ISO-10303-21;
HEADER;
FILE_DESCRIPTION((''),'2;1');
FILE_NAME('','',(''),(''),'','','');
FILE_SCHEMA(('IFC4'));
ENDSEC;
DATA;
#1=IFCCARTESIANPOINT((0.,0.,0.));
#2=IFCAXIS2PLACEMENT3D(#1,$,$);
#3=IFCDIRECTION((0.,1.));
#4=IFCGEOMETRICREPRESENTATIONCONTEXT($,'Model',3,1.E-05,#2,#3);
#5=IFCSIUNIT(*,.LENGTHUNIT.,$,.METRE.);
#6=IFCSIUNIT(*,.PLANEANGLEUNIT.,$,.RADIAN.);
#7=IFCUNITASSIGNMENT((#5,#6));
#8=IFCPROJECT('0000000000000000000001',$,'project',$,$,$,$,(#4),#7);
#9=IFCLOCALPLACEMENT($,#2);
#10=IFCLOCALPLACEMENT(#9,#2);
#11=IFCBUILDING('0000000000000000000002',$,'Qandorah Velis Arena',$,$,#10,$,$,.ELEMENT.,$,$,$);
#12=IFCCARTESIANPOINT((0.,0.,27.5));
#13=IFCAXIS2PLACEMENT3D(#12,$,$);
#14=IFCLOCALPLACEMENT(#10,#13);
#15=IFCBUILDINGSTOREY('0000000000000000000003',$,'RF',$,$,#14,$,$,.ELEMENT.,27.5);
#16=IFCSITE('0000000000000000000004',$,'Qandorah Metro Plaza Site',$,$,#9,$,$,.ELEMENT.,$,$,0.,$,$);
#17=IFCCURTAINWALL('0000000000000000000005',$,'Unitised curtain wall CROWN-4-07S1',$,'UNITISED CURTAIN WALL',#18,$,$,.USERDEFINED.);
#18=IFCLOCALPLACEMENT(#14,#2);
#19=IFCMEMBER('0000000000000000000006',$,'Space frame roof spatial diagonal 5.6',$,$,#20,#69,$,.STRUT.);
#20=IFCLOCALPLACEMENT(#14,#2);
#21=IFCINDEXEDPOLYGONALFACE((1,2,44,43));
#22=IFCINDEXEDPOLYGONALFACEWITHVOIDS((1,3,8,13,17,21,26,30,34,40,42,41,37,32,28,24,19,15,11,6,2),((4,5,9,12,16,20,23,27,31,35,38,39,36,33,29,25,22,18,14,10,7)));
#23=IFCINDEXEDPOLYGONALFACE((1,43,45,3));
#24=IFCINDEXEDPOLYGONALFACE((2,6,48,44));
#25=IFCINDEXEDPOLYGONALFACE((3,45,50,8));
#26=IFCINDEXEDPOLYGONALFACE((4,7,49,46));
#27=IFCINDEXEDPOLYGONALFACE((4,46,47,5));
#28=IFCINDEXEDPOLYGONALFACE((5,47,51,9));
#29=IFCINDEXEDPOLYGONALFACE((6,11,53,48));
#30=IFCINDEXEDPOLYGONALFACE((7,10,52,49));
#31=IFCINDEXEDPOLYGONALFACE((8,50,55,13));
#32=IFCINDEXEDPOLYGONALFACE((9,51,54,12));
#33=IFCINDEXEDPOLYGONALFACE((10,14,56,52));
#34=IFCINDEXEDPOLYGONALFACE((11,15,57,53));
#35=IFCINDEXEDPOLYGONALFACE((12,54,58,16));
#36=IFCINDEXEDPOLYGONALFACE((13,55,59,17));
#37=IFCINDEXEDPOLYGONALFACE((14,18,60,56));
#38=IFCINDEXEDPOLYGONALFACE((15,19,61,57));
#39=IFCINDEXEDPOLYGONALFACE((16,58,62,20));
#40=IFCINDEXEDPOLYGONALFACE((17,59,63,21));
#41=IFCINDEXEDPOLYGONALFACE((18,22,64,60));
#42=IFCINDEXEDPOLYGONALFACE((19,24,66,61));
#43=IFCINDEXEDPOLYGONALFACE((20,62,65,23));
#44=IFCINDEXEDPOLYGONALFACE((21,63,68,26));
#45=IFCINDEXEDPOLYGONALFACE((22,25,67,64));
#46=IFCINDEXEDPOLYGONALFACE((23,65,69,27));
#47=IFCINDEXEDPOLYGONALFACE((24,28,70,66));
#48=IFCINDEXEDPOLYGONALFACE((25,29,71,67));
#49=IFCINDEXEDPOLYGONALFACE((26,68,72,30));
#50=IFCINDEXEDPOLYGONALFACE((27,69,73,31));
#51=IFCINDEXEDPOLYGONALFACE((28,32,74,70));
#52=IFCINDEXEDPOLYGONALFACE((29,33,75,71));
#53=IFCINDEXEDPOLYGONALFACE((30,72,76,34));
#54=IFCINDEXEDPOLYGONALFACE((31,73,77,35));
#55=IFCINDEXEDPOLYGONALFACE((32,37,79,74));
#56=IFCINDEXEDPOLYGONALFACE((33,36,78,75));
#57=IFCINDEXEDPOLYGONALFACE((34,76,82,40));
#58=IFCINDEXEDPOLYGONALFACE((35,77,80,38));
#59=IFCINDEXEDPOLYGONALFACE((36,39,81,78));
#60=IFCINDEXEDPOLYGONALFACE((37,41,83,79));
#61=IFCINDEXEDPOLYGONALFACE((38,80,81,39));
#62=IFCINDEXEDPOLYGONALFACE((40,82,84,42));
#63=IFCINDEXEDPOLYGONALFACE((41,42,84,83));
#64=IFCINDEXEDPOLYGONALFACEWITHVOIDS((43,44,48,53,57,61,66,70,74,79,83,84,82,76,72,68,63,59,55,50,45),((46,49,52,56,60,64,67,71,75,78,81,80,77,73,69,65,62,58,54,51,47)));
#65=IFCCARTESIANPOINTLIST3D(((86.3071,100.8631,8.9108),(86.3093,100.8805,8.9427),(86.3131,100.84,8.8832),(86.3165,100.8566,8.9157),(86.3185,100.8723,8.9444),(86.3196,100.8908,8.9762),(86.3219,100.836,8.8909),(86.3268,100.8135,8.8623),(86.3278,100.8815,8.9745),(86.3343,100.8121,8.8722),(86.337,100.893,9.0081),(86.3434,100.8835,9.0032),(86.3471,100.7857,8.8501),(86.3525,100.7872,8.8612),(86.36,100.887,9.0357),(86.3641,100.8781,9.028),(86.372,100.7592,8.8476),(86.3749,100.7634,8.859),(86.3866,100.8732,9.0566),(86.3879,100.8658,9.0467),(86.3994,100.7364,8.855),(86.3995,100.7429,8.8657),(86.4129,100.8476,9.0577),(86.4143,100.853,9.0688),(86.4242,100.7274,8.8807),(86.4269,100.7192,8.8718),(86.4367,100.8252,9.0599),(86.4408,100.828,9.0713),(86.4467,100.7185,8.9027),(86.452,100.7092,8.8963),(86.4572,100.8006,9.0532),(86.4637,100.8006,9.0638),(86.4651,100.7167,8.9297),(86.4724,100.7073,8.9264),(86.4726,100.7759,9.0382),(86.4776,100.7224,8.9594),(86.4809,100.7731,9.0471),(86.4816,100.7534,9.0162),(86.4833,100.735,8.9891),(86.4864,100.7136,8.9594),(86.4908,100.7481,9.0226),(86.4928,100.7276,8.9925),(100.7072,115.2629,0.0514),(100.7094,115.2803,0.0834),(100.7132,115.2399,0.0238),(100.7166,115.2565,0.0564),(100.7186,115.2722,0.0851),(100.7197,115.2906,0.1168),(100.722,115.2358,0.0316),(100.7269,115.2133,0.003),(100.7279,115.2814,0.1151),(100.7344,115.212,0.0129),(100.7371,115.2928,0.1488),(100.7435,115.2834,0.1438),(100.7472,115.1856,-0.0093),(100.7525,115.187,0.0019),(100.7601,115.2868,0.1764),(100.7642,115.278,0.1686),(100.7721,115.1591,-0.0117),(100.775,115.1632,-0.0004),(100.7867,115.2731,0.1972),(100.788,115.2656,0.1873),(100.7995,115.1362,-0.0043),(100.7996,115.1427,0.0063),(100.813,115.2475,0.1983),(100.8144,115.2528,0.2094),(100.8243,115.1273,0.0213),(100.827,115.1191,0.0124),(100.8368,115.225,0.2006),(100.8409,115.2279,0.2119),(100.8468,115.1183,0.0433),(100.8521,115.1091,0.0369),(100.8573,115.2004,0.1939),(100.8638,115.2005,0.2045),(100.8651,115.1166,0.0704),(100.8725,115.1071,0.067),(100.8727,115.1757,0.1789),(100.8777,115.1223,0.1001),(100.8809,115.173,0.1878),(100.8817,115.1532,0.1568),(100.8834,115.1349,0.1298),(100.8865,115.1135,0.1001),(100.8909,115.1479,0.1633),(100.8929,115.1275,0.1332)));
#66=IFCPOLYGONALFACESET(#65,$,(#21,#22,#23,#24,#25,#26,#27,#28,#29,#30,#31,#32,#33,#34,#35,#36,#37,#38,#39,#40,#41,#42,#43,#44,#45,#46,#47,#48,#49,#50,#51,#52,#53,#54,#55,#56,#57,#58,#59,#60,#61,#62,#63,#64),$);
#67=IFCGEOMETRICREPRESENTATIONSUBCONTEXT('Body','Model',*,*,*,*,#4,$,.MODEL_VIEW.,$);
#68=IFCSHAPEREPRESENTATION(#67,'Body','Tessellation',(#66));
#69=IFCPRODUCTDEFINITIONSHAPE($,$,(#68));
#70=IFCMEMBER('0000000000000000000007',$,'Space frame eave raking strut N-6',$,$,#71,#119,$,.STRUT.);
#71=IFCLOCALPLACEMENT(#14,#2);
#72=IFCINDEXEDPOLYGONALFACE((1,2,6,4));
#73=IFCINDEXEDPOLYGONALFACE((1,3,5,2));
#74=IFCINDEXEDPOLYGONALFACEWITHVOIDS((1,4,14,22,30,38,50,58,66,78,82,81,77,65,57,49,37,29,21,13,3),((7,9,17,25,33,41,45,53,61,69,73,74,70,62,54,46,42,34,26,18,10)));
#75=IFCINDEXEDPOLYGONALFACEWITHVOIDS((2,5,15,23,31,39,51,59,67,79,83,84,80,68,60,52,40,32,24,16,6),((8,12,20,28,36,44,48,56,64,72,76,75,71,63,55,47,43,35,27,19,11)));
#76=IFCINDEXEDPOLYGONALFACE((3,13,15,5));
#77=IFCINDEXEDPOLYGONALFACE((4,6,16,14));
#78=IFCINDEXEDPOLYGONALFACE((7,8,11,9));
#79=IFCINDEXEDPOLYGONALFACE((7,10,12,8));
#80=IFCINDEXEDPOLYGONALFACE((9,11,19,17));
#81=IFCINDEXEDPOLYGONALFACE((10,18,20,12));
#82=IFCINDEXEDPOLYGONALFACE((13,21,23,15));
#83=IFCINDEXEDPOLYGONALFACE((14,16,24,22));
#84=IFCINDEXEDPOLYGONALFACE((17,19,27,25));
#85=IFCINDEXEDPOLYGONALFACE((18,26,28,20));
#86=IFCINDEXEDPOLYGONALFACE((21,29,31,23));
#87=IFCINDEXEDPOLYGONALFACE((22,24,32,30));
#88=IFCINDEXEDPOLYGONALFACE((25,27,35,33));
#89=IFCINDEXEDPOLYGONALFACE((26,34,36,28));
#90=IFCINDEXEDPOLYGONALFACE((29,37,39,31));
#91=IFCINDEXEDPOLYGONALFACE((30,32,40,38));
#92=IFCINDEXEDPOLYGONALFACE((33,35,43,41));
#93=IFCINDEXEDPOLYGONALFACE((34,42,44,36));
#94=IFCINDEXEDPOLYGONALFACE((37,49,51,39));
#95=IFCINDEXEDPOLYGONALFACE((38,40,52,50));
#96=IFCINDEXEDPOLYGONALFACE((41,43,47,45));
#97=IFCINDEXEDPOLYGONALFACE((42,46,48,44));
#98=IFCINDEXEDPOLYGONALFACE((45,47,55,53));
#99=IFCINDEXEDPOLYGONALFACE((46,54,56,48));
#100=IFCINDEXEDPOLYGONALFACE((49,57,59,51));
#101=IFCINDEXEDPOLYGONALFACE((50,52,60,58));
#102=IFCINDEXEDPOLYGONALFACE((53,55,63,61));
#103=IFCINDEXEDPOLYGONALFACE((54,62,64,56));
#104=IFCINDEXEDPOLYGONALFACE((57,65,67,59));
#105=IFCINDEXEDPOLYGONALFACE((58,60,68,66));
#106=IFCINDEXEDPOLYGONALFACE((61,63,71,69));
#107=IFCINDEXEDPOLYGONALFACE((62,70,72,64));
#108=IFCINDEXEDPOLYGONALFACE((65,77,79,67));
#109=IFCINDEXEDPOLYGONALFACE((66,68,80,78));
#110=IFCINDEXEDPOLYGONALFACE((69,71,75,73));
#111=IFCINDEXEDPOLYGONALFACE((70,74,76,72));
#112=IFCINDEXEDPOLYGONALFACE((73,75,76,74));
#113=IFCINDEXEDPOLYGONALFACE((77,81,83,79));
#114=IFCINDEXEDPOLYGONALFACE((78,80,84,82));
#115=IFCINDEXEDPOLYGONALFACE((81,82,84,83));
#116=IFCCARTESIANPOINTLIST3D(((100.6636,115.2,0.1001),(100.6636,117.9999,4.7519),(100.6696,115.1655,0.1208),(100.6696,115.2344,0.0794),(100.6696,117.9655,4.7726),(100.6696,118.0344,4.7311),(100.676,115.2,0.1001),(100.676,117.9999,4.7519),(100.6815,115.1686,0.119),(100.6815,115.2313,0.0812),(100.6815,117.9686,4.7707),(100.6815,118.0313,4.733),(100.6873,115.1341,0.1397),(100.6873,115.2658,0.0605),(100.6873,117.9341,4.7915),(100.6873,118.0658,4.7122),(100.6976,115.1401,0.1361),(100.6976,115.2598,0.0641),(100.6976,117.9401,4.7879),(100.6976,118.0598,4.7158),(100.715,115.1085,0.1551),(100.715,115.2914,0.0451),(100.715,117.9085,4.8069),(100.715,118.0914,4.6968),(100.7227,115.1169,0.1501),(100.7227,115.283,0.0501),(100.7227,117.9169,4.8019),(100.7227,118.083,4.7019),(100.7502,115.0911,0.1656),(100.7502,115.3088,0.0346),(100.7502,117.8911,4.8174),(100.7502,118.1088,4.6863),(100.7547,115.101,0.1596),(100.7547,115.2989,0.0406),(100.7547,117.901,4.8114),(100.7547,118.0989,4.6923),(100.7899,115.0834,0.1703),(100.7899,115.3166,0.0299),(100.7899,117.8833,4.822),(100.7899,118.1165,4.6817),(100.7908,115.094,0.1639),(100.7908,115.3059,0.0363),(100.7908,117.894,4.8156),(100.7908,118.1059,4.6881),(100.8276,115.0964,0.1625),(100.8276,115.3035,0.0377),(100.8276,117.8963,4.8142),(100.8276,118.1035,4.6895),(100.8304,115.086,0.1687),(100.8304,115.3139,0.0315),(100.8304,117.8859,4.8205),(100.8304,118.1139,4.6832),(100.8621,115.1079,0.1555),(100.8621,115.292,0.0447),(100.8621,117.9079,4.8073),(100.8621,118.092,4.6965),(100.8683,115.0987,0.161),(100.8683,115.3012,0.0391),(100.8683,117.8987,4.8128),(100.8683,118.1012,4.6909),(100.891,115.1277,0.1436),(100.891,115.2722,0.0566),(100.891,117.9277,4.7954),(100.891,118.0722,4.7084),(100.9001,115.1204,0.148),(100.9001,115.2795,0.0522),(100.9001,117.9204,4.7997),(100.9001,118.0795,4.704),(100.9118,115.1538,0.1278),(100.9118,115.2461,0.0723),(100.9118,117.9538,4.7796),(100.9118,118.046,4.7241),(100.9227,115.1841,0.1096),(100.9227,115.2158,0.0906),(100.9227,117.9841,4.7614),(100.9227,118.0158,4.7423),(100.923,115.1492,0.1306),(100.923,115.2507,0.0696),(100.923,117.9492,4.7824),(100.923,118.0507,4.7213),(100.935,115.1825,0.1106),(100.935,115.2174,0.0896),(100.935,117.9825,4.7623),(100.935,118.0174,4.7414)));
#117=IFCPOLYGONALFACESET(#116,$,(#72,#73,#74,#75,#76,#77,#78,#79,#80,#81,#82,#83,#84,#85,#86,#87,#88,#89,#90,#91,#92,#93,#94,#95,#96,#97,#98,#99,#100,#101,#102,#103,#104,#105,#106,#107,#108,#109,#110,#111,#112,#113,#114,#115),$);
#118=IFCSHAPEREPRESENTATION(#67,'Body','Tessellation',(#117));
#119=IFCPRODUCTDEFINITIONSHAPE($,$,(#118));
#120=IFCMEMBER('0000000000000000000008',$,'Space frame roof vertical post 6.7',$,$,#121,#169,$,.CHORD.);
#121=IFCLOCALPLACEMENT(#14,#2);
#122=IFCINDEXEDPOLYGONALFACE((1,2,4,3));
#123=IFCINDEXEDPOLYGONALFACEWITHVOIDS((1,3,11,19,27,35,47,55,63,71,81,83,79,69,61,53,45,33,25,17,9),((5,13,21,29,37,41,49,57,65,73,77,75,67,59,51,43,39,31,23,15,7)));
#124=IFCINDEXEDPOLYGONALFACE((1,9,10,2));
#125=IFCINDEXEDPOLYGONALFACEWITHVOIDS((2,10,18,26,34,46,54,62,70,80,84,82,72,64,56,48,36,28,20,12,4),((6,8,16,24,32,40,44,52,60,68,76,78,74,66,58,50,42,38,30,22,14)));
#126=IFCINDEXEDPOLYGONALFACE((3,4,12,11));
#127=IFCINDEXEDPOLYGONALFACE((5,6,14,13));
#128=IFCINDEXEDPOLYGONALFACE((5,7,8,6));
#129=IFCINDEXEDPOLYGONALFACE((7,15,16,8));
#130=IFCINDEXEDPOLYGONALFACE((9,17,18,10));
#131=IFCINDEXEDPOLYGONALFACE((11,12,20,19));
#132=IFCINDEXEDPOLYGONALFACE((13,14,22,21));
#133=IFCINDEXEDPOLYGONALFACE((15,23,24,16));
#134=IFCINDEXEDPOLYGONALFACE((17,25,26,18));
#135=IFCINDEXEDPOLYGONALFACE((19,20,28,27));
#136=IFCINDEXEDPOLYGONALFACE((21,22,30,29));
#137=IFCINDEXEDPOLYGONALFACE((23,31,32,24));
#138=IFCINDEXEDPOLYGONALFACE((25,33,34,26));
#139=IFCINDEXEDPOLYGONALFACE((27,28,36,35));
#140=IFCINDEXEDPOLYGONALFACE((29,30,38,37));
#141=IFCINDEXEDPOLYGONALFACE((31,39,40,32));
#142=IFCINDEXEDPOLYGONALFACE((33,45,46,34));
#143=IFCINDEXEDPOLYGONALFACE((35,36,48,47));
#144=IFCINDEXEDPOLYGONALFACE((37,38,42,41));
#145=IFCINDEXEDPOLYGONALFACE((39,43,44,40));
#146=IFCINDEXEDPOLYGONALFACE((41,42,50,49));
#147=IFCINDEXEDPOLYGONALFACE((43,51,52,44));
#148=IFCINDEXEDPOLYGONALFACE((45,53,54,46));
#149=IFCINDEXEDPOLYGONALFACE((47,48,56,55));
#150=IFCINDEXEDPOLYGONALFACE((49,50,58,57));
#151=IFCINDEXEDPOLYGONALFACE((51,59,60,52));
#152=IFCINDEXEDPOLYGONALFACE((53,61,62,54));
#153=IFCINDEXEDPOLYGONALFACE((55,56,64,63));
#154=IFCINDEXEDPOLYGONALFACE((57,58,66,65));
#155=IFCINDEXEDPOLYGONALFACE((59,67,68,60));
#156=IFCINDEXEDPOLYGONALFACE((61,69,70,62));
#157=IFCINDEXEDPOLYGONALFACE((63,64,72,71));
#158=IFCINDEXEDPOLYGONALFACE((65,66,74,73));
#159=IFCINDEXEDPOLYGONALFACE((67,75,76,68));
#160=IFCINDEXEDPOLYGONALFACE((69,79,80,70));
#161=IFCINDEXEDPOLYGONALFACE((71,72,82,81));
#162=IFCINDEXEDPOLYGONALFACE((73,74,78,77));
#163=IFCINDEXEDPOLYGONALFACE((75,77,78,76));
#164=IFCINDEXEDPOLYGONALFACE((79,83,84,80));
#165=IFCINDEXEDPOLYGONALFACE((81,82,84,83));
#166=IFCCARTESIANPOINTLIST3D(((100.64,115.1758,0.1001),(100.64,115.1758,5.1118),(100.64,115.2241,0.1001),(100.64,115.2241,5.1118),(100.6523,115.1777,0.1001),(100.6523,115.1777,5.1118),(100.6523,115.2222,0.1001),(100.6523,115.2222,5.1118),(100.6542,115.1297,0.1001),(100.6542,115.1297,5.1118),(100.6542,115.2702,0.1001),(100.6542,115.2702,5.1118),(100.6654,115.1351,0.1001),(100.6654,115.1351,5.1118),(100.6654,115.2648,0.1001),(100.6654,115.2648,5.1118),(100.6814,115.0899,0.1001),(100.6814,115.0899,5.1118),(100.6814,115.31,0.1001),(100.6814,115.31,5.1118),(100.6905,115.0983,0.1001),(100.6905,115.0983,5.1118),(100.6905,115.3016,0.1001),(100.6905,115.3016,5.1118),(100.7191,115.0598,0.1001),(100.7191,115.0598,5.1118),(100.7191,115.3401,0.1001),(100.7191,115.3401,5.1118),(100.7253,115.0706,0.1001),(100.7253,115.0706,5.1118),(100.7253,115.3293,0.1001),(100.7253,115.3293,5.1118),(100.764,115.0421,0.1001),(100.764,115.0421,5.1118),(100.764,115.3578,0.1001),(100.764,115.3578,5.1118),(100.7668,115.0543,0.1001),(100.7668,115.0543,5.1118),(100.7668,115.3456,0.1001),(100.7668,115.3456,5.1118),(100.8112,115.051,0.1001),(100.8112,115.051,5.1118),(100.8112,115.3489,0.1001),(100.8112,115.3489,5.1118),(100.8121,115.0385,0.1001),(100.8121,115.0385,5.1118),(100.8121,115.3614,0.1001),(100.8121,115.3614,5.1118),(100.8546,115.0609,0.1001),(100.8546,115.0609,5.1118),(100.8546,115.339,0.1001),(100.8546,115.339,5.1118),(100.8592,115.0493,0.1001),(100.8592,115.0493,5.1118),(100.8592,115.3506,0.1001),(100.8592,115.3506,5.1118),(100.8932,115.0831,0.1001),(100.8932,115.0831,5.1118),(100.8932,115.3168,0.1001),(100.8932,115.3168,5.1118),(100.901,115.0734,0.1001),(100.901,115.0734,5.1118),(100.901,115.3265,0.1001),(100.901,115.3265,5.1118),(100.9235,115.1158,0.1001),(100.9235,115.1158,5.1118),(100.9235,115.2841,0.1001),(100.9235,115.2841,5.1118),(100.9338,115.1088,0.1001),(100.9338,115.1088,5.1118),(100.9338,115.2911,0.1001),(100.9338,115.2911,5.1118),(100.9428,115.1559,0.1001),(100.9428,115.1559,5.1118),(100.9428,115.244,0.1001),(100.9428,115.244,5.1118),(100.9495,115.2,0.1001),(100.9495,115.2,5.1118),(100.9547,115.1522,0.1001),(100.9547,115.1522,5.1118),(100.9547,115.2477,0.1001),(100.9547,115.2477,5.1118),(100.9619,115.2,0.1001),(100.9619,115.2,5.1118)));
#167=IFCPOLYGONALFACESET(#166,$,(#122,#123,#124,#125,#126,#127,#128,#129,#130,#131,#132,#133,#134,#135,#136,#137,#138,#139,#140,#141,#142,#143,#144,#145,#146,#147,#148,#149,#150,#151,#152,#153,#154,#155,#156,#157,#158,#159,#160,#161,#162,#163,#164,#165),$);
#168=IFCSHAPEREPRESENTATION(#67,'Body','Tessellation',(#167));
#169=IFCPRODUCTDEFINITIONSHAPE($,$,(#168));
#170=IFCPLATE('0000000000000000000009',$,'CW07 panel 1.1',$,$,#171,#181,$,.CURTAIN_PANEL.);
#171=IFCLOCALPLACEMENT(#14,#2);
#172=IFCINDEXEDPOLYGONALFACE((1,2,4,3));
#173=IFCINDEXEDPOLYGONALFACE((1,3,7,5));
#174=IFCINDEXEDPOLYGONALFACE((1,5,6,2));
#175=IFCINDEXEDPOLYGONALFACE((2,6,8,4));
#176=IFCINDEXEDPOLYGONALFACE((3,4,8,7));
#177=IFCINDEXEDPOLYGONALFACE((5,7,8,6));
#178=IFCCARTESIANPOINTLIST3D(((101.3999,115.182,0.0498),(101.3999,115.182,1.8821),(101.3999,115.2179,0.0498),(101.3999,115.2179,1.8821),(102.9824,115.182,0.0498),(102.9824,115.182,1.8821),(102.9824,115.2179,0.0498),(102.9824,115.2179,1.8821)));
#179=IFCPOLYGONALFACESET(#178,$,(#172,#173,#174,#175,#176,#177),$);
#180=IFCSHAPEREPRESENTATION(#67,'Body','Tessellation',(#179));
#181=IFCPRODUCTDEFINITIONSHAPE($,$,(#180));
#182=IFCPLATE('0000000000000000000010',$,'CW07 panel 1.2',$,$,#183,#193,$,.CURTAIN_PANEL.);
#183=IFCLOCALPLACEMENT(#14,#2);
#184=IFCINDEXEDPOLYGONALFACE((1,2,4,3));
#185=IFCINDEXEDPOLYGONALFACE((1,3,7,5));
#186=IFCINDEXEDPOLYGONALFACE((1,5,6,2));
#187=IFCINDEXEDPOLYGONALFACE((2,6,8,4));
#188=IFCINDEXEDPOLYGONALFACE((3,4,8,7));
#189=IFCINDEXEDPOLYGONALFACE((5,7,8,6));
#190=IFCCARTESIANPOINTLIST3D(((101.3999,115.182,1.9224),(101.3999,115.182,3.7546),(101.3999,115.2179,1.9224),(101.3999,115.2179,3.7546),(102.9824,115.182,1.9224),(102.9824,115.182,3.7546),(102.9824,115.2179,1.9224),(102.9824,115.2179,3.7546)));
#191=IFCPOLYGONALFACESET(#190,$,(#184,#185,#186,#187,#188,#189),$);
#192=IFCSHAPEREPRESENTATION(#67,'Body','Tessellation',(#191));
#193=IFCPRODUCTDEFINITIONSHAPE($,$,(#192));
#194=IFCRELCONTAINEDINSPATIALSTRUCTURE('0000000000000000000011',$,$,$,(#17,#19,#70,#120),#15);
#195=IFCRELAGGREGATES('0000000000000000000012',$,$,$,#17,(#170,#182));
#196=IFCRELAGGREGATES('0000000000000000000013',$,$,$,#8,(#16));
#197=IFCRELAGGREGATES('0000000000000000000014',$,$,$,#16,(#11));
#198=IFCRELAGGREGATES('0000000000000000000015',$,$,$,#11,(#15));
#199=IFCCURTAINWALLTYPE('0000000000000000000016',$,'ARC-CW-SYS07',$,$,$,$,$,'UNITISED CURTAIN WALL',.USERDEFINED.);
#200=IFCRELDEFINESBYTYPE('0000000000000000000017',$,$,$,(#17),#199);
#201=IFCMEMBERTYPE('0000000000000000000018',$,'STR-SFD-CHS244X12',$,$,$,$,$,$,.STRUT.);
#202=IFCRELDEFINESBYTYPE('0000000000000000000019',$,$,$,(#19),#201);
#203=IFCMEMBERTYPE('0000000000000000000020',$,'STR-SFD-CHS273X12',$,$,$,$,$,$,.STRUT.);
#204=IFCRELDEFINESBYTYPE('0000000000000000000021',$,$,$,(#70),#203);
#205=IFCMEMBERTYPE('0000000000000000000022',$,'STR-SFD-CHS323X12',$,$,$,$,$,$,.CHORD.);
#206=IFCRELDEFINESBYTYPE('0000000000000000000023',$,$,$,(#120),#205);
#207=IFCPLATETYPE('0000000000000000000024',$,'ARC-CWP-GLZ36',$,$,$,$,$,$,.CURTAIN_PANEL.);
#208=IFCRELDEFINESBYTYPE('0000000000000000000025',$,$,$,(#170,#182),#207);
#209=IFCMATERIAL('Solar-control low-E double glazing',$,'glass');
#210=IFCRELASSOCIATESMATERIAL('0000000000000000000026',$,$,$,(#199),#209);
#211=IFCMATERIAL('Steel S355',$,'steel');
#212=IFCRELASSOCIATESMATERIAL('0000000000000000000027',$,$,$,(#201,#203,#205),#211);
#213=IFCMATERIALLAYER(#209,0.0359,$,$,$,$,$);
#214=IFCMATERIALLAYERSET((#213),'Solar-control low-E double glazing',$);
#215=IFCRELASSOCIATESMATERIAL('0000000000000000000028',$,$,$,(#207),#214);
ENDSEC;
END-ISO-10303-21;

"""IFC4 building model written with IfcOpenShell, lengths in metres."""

from ifc_helpers import new_model, si_unit, direction, frame, origin, origin_2d, place, context, subcontext, project, spatial, rectangle, hollow_circle, extrude, material, layer, layer_set, material_profile, profile_set, type_object, element, aggregate, save


model = new_model("IFC4")

# Units and contexts
model_context = context("Model", 3, precision=1e-05, world=origin(), true_north=direction((0.0, 1.0)))
body_context = subcontext(model_context, "Body", "Model", "MODEL_VIEW")
ifc_project = project(units=[si_unit("LENGTHUNIT", "METRE"), si_unit("PLANEANGLEUNIT", "RADIAN")], contexts=[model_context])

# Site, building, storey
site_placement = place(None, origin())
site = spatial("IfcSite", under=ifc_project, at=site_placement, Name="Qandorah Metro Plaza Site", CompositionType="ELEMENT", RefElevation=0.0)
building_placement = place(site_placement, origin())
building = spatial("IfcBuilding", under=site, at=building_placement, Name="Qandorah Velis Arena", CompositionType="ELEMENT")
storey_placement = place(building_placement, frame((0.0, 0.0, 27.5)))
storey = spatial("IfcBuildingStorey", under=building, at=storey_placement, Name="RF", CompositionType="ELEMENT", Elevation=27.5)

# Curtain wall
ifc_material_1 = material(Name="Solar-control low-E double glazing", Category="glass")
curtain_wall_type = type_object("IfcCurtainWallType", Name="ARC-CW-SYS07", ElementType="UNITISED CURTAIN WALL", PredefinedType="USERDEFINED", material=ifc_material_1)
curtain_wall_placement = place(storey_placement, origin())
curtain_wall = element("IfcCurtainWall", 1, at=curtain_wall_placement, inside=storey, type_object=curtain_wall_type, Name="Unitised curtain wall CROWN-4-07S1", ObjectType="UNITISED CURTAIN WALL", PredefinedType="USERDEFINED")

# Shared definitions
ifc_material_2 = material(Name="Steel S355", Category="steel")

# Members
ifc_material_profile_1 = material_profile(ifc_material_2, hollow_circle(Radius=0.1223, WallThickness=0.0125, at=origin_2d()), Name="CHS 244.5x12.5")
ifc_profile_set_1 = profile_set([ifc_material_profile_1], Name="Steel S355")
member_type_1 = type_object("IfcMemberType", Name="STR-SFD-CHS244X12", PredefinedType="STRUT", material=ifc_profile_set_1)
member_1_placement = place(storey_placement, frame((100.8, 115.2, 0.1001), z_axis=(-0.648412, -0.648401, 0.398921), x_axis=(0.707101, -0.707113, 0.0)))
element("IfcMember", 2, at=member_1_placement, inside=storey, type_object=member_type_1, Name="Space frame roof spatial diagonal 5.6", PredefinedType="STRUT", context=body_context, shape_type="SweptSolid", body=[
    extrude(hollow_circle(Radius=0.1223, WallThickness=0.0125, at=origin_2d()), origin(), (0.0, 0.0, 1.0), 22.2083),
])
ifc_material_profile_2 = material_profile(ifc_material_2, hollow_circle(Radius=0.1365, WallThickness=0.0125, at=origin_2d()), Name="CHS 273x12.5")
ifc_profile_set_2 = profile_set([ifc_material_profile_2], Name="Steel S355")
member_type_2 = type_object("IfcMemberType", Name="STR-SFD-CHS273X12", PredefinedType="STRUT", material=ifc_profile_set_2)
member_2_placement = place(storey_placement, frame((100.8, 115.2, 0.1001), z_axis=(0.0, 0.515705, 0.856766), x_axis=(-1.0, 0.0, 0.0)))
element("IfcMember", 3, at=member_2_placement, inside=storey, type_object=member_type_2, Name="Space frame eave raking strut N-6", PredefinedType="STRUT", context=body_context, shape_type="SweptSolid", body=[
    extrude(hollow_circle(Radius=0.1365, WallThickness=0.0125, at=origin_2d()), origin(), (0.0, 0.0, 1.0), 5.4294),
])
ifc_material_profile_3 = material_profile(ifc_material_2, hollow_circle(Radius=0.1619, WallThickness=0.0125, at=origin_2d()), Name="CHS 323.9x12.5")
ifc_profile_set_3 = profile_set([ifc_material_profile_3], Name="Steel S355")
member_type_3 = type_object("IfcMemberType", Name="STR-SFD-CHS323X12", PredefinedType="CHORD", material=ifc_profile_set_3)
member_3_placement = place(storey_placement, frame((100.8, 115.2, 0.1001), z_axis=(0.0, 0.0, 1.0), x_axis=(1.0, 0.0, 0.0)))
element("IfcMember", 4, at=member_3_placement, inside=storey, type_object=member_type_3, Name="Space frame roof vertical post 6.7", PredefinedType="CHORD", context=body_context, shape_type="SweptSolid", body=[
    extrude(hollow_circle(Radius=0.1619, WallThickness=0.0125, at=origin_2d()), origin(), (0.0, 0.0, 1.0), 5.0117),
])

# Plates
ifc_layer_1 = layer(ifc_material_1, 0.0359)
ifc_layer_set_1 = layer_set([ifc_layer_1], Name="Solar-control low-E double glazing")
plate_type = type_object("IfcPlateType", Name="ARC-CWP-GLZ36", PredefinedType="CURTAIN_PANEL", material=ifc_layer_set_1)
plate_1_placement = place(storey_placement, frame((102.1912, 115.2, 0.0498), z_axis=(0.0, 0.0, 1.0), x_axis=(1.0, 0.0, 0.0)))
plate_1 = element("IfcPlate", 5, at=plate_1_placement, type_object=plate_type, Name="CW07 panel 1.1", PredefinedType="CURTAIN_PANEL", context=body_context, shape_type="SweptSolid", body=[
    extrude(rectangle(XDim=1.5825, YDim=0.0359, at=origin_2d()), origin(), (0.0, 0.0, 1.0), 1.8323),
])
plate_2_placement = place(storey_placement, frame((102.1912, 115.2, 1.9224), z_axis=(0.0, 0.0, 1.0), x_axis=(1.0, 0.0, 0.0)))
plate_2 = element("IfcPlate", 6, at=plate_2_placement, type_object=plate_type, Name="CW07 panel 1.2", PredefinedType="CURTAIN_PANEL", context=body_context, shape_type="SweptSolid", body=[
    extrude(rectangle(XDim=1.5825, YDim=0.0359, at=origin_2d()), origin(), (0.0, 0.0, 1.0), 1.8323),
])
aggregate(curtain_wall, [plate_1, plate_2])

save(model, "model.ifc")
